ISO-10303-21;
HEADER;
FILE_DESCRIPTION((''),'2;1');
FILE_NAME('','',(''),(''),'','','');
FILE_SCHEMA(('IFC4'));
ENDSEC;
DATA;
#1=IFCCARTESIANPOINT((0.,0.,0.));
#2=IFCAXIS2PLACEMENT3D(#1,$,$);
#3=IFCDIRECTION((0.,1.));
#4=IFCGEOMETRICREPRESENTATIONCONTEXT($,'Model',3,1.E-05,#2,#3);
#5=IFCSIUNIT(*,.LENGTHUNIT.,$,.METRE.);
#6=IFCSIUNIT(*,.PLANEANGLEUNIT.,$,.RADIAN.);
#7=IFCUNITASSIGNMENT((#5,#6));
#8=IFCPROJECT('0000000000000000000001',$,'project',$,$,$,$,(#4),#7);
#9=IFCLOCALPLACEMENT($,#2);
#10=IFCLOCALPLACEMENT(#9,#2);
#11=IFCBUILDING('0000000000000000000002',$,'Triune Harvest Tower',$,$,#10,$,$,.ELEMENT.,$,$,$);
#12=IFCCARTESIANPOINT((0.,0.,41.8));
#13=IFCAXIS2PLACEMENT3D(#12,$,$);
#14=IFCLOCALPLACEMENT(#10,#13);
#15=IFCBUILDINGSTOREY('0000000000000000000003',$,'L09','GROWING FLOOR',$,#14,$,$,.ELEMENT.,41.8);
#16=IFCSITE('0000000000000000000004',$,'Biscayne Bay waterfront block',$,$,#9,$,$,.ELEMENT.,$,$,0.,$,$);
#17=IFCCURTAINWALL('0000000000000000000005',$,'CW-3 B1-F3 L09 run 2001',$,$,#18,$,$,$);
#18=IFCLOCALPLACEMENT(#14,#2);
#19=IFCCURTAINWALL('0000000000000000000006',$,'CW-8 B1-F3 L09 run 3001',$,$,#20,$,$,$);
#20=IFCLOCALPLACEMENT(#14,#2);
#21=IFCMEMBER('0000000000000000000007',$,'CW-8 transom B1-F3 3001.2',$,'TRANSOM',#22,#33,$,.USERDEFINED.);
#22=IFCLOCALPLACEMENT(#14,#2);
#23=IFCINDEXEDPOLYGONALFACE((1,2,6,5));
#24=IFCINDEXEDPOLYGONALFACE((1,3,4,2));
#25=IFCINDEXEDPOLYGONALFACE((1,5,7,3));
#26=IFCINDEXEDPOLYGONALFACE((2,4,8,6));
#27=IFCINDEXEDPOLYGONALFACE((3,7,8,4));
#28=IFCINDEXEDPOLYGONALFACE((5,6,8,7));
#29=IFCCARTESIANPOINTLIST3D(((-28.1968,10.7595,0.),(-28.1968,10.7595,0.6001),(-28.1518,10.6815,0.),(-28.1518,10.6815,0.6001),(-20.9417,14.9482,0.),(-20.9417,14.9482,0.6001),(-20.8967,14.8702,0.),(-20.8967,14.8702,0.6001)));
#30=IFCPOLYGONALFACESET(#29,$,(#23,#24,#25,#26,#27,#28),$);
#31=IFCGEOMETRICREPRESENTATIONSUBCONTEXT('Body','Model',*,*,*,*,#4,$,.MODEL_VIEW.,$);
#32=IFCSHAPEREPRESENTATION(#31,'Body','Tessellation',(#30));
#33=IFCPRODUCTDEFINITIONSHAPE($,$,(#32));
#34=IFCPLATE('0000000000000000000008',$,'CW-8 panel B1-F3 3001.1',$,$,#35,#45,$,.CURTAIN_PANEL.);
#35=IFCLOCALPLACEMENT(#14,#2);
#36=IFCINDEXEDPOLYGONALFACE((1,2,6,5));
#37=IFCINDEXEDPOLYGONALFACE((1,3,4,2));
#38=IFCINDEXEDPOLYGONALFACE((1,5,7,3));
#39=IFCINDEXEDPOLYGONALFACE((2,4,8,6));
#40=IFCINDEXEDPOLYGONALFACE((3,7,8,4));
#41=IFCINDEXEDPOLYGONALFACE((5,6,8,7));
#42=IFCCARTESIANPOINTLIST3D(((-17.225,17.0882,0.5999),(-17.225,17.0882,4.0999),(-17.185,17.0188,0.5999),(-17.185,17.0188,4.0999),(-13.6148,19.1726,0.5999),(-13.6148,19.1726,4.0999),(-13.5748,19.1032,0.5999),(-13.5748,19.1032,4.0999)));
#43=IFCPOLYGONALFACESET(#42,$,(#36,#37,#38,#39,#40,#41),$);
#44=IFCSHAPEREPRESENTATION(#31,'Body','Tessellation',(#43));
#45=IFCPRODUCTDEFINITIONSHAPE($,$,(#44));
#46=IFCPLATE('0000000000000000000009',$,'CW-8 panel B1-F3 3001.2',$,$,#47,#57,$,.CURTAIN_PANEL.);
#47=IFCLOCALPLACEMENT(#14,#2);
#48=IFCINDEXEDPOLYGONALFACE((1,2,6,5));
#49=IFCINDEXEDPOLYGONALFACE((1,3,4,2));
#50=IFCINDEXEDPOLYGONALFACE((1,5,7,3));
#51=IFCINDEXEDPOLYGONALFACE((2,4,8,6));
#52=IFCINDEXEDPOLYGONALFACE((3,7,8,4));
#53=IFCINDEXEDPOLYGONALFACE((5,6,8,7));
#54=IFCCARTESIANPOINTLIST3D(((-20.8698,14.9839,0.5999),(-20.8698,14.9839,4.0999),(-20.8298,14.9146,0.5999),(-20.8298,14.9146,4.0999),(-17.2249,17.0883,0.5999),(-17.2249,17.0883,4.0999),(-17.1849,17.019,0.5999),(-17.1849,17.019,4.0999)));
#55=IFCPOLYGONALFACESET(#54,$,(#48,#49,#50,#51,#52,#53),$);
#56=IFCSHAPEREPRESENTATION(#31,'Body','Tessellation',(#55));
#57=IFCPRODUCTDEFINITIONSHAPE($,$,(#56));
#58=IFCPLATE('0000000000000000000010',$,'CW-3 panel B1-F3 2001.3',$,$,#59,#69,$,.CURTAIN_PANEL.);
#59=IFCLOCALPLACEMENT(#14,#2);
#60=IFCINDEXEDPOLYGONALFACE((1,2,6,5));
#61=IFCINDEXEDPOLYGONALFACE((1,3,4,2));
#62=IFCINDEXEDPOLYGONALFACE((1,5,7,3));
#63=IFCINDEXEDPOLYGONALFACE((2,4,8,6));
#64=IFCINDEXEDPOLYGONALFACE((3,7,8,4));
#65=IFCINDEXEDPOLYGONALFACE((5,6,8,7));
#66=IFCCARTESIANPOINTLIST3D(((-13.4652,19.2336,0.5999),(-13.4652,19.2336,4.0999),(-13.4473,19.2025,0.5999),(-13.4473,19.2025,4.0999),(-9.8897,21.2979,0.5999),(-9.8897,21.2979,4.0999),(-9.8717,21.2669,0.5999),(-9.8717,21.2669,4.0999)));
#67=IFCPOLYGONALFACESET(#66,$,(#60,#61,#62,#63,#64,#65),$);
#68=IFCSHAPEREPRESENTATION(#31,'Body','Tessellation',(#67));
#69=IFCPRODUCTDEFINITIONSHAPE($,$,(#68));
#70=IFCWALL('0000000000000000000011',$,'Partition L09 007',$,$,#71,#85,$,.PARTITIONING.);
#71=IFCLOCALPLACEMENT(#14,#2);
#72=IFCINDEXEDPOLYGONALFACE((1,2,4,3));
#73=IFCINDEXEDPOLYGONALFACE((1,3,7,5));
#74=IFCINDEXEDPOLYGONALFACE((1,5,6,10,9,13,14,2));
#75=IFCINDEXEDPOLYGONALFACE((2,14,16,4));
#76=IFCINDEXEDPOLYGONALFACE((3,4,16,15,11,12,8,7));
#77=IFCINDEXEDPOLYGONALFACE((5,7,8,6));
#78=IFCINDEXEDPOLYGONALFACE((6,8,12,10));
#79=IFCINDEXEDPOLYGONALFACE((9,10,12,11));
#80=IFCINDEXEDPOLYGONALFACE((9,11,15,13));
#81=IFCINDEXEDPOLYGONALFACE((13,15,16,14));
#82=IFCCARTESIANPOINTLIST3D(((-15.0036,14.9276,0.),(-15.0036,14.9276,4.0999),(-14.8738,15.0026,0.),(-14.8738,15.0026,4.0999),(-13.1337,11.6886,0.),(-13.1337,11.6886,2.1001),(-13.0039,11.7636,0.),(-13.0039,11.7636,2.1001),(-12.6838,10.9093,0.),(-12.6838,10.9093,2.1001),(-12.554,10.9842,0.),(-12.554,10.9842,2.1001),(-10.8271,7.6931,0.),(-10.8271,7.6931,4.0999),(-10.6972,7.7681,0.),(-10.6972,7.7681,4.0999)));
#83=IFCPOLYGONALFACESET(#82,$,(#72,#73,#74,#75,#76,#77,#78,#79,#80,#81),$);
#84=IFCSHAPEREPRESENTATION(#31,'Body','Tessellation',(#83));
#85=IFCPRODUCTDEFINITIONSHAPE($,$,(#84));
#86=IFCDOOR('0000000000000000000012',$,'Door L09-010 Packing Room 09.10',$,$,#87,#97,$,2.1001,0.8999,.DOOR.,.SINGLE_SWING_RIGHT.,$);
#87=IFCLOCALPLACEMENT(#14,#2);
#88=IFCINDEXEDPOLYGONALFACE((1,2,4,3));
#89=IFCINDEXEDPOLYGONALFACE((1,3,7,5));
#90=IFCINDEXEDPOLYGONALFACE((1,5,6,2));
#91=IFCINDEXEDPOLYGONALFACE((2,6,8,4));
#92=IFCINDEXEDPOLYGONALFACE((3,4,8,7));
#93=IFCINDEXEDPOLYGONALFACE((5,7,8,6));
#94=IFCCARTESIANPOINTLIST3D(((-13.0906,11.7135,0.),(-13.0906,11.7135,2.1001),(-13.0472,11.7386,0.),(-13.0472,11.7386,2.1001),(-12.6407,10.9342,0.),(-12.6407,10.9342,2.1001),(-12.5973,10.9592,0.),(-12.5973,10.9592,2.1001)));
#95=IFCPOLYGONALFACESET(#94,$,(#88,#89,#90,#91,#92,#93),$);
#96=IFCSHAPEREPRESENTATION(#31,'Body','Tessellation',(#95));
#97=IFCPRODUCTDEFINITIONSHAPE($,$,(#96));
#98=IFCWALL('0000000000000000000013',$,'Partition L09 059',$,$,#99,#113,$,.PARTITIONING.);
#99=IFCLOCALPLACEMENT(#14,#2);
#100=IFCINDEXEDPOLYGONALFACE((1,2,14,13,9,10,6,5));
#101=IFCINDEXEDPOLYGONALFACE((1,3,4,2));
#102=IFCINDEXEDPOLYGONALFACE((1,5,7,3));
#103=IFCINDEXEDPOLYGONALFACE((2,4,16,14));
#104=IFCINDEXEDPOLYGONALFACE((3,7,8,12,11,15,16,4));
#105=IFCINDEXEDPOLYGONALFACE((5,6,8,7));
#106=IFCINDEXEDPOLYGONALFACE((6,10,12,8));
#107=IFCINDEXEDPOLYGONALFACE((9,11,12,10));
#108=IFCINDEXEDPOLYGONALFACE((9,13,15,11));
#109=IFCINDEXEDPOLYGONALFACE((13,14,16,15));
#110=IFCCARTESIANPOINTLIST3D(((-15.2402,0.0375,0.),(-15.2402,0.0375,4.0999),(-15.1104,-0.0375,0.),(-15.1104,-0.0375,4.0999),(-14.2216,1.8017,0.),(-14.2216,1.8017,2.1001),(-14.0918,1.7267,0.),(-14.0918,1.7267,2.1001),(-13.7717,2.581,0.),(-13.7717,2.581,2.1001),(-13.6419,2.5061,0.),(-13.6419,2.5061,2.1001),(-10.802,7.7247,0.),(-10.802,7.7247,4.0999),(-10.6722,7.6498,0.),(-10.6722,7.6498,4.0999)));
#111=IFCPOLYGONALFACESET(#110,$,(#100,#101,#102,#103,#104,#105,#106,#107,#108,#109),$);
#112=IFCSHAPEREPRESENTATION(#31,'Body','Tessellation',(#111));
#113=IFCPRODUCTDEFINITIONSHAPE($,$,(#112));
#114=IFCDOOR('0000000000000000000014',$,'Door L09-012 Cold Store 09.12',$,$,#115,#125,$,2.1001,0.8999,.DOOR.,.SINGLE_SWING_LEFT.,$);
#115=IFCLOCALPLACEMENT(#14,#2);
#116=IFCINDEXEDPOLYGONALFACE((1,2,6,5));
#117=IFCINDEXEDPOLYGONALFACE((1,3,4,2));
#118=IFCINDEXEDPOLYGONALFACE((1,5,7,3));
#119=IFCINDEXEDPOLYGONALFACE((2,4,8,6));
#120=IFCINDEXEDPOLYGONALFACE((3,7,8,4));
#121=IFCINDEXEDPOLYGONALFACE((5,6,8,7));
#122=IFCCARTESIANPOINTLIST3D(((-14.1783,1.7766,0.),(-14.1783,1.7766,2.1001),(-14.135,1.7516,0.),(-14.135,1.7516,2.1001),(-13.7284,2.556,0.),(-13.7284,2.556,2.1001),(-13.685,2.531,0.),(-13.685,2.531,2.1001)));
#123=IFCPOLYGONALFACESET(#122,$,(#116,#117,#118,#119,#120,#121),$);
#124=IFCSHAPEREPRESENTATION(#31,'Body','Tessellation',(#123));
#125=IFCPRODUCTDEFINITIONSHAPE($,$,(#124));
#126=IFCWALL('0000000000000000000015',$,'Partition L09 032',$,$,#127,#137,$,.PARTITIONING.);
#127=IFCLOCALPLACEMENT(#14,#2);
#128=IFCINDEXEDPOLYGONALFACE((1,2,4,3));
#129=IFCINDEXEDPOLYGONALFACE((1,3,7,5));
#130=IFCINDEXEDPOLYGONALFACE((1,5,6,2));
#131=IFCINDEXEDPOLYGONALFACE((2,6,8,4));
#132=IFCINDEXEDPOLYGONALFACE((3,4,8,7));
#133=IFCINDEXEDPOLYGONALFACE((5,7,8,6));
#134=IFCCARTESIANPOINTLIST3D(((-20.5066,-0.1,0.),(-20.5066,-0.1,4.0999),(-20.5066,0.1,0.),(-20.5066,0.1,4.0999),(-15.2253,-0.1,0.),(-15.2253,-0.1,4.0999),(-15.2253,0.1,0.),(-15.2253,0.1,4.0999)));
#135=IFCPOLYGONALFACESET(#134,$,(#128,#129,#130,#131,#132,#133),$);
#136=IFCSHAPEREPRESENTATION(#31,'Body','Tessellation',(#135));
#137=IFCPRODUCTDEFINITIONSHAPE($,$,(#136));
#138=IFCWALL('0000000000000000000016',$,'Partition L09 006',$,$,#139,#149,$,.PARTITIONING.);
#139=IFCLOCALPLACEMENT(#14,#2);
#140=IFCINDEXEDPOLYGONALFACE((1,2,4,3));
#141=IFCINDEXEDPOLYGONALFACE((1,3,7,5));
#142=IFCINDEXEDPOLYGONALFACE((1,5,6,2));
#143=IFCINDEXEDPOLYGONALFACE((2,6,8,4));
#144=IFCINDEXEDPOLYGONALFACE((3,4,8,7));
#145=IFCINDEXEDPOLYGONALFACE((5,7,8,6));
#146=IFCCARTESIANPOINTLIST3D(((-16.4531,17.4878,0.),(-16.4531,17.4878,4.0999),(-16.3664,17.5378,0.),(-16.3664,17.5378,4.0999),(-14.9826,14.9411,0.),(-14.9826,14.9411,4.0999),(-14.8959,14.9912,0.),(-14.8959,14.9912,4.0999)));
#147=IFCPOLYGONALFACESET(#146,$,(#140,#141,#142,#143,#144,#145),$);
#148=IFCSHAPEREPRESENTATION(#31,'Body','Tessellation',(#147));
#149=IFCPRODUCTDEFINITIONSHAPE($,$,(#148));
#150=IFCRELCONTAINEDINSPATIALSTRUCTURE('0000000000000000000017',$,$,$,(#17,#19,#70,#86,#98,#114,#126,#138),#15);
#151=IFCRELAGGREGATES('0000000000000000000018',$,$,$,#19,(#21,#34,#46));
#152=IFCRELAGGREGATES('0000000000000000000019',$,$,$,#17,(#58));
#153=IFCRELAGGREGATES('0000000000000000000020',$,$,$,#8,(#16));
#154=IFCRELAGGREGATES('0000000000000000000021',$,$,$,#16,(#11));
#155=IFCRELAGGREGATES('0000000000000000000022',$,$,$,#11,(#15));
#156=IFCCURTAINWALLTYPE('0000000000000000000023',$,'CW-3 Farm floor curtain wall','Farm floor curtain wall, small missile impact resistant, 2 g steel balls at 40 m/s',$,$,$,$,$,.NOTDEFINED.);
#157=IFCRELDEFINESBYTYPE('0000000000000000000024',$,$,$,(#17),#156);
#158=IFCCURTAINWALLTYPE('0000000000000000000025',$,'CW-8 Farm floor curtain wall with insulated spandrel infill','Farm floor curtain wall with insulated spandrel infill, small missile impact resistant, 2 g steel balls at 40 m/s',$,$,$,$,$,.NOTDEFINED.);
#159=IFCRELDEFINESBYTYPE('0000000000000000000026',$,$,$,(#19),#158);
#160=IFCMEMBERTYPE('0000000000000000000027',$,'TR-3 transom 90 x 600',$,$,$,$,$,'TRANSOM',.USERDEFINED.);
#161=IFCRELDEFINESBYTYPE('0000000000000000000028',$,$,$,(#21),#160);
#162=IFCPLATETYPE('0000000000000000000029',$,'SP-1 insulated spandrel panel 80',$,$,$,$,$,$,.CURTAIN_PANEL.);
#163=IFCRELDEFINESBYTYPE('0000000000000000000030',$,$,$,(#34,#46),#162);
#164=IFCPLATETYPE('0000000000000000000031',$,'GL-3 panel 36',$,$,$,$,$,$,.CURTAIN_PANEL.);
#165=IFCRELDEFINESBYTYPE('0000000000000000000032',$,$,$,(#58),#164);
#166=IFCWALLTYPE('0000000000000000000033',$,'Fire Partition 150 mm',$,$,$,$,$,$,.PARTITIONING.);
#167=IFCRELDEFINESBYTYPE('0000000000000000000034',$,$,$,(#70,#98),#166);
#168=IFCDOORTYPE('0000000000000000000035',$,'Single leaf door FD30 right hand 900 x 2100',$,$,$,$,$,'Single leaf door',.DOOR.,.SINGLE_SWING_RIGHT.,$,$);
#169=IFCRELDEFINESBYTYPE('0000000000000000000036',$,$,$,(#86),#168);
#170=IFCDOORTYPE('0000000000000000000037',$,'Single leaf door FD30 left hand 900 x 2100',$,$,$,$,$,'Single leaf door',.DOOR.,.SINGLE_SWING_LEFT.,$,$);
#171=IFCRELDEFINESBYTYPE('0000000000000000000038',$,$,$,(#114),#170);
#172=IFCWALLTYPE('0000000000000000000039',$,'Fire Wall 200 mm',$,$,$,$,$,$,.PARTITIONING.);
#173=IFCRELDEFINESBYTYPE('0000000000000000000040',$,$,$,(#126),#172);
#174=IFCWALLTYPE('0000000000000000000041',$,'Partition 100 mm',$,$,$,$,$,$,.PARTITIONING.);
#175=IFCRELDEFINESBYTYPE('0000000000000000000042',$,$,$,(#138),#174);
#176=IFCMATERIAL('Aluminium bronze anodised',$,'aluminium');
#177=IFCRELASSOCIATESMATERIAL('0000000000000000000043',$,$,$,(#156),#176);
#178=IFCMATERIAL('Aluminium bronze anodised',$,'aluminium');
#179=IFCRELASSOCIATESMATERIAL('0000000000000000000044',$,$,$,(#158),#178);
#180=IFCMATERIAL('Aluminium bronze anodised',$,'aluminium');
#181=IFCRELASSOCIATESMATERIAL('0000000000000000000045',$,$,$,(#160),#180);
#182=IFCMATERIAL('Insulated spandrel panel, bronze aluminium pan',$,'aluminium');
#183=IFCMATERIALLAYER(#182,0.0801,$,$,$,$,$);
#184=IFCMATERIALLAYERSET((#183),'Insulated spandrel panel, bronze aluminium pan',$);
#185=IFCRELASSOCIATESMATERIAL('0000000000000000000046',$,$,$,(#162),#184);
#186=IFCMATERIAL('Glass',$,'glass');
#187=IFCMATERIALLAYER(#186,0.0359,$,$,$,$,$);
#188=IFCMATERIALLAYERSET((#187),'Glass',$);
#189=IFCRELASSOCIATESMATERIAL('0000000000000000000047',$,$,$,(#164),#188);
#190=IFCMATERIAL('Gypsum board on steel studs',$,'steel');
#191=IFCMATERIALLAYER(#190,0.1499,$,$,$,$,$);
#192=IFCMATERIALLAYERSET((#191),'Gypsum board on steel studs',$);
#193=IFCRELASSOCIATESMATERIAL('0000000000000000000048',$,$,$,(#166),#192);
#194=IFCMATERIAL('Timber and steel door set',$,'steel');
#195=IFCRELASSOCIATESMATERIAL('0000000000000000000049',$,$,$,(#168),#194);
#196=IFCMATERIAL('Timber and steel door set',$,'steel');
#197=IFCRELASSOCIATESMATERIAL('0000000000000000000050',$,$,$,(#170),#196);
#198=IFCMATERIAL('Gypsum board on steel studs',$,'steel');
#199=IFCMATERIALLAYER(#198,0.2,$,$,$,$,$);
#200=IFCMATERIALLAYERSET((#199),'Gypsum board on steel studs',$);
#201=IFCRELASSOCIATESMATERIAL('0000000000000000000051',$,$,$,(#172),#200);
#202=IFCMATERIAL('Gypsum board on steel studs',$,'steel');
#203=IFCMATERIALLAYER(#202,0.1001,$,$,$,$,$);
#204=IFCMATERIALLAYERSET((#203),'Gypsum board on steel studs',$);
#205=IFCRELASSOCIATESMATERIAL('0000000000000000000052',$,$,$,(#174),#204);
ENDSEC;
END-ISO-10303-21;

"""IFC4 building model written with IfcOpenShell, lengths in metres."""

from ifc_helpers import new_model, si_unit, direction, frame, frame_2d, origin, origin_2d, place, context, subcontext, project, spatial, rectangle, extrude, source, transform, mapped, material, layer, layer_set, material_profile, profile_set, type_object, element, fill, aggregate, save


model = new_model("IFC4")

# Units and contexts
model_context = context("Model", 3, precision=1e-05, world=origin(), true_north=direction((0.0, 1.0)))
body_context = subcontext(model_context, "Body", "Model", "MODEL_VIEW")
ifc_project = project(units=[si_unit("LENGTHUNIT", "METRE"), si_unit("PLANEANGLEUNIT", "RADIAN")], contexts=[model_context])

# Site, building, storey
site_placement = place(None, origin())
site = spatial("IfcSite", under=ifc_project, at=site_placement, Name="Biscayne Bay waterfront block", CompositionType="ELEMENT", RefElevation=0.0)
building_placement = place(site_placement, origin())
building = spatial("IfcBuilding", under=site, at=building_placement, Name="Triune Harvest Tower", CompositionType="ELEMENT")
storey_placement = place(building_placement, frame((0.0, 0.0, 41.8)))
storey = spatial("IfcBuildingStorey", under=building, at=storey_placement, Name="L09", Description="GROWING FLOOR", CompositionType="ELEMENT", Elevation=41.8)

# Curtain wall
ifc_material_1 = material(Name="Aluminium bronze anodised", Category="aluminium")
curtain_wall_type_1 = type_object("IfcCurtainWallType", Name="CW-3 Farm floor curtain wall", Description="Farm floor curtain wall, small missile impact resistant, 2 g steel balls at 40 m/s", PredefinedType="NOTDEFINED", material=ifc_material_1)
curtain_wall_1_placement = place(storey_placement, origin())
curtain_wall_1 = element("IfcCurtainWall", 1, at=curtain_wall_1_placement, inside=storey, type_object=curtain_wall_type_1, Name="CW-3 B1-F3 L09 run 2001")

# Curtain wall, member, plates
ifc_material_2 = material(Name="Aluminium bronze anodised", Category="aluminium")
curtain_wall_type_2 = type_object("IfcCurtainWallType", Name="CW-8 Farm floor curtain wall with insulated spandrel infill", Description="Farm floor curtain wall with insulated spandrel infill, small missile impact resistant, 2 g steel balls at 40 m/s", PredefinedType="NOTDEFINED", material=ifc_material_2)
curtain_wall_2_placement = place(storey_placement, origin())
curtain_wall_2 = element("IfcCurtainWall", 2, at=curtain_wall_2_placement, inside=storey, type_object=curtain_wall_type_2, Name="CW-8 B1-F3 L09 run 3001")
ifc_material_3 = material(Name="Aluminium bronze anodised", Category="aluminium")
ifc_material_profile_1 = material_profile(ifc_material_3, rectangle(XDim=0.0901, YDim=0.6001, at=origin_2d()), Name="TR-3 transom 90 x 600")
ifc_profile_set_1 = profile_set([ifc_material_profile_1], Name="Aluminium bronze anodised")
member_type_1 = type_object("IfcMemberType", Name="TR-3 transom 90 x 600", ElementType="TRANSOM", PredefinedType="USERDEFINED", material=ifc_profile_set_1)
shared_shape_1 = source(origin(), body_context, "Body", "SweptSolid", [
    extrude(rectangle(XDim=0.0901, YDim=0.6001, at=origin_2d()), origin(), (0.0, 0.0, 1.0), 8.3774),
])
member_1_placement = place(storey_placement, frame((-20.9192, 14.9092, 0.3), z_axis=(-0.866027, -0.499997, 0.0), x_axis=(0.499997, -0.866027, 0.0)))
member_1 = element("IfcMember", 3, at=member_1_placement, type_object=member_type_1, Name="CW-8 transom B1-F3 3001.2", ObjectType="TRANSOM", PredefinedType="USERDEFINED", context=body_context, shape_type="MappedRepresentation", body=[
    mapped(shared_shape_1, transform((0.0, 0.0, 0.0), scale=1.0)),
])
ifc_material_4 = material(Name="Insulated spandrel panel, bronze aluminium pan", Category="aluminium")
ifc_layer_1 = layer(ifc_material_4, 0.0801)
ifc_layer_set_1 = layer_set([ifc_layer_1], Name="Insulated spandrel panel, bronze aluminium pan")
plate_type_1 = type_object("IfcPlateType", Name="SP-1 insulated spandrel panel 80", PredefinedType="CURTAIN_PANEL", material=ifc_layer_set_1)
shared_shape_2 = source(origin(), body_context, "Body", "SweptSolid", [
    extrude(rectangle(XDim=4.1687, YDim=0.0801, at=origin_2d()), origin(), (0.0, 0.0, 1.0), 3.5),
])
plate_1_placement = place(storey_placement, frame((-15.3999, 18.0957, 0.5999), z_axis=(0.0, 0.0, 1.0), x_axis=(-0.866024, -0.500003, 0.0)))
plate_1 = element("IfcPlate", 4, at=plate_1_placement, type_object=plate_type_1, Name="CW-8 panel B1-F3 3001.1", PredefinedType="CURTAIN_PANEL", context=body_context, shape_type="MappedRepresentation", body=[
    mapped(shared_shape_2, transform((0.0, 0.0, 0.0), scale=1.0)),
])
shared_shape_3 = source(origin(), body_context, "Body", "SweptSolid", [
    extrude(rectangle(XDim=4.2087, YDim=0.0801, at=origin_2d()), origin(), (0.0, 0.0, 1.0), 3.5),
])
plate_2_placement = place(storey_placement, frame((-19.0273, 16.0015, 0.5999), z_axis=(0.0, 0.0, 1.0), x_axis=(-0.866024, -0.500003, 0.0)))
plate_2 = element("IfcPlate", 5, at=plate_2_placement, type_object=plate_type_1, Name="CW-8 panel B1-F3 3001.2", PredefinedType="CURTAIN_PANEL", context=body_context, shape_type="MappedRepresentation", body=[
    mapped(shared_shape_3, transform((0.0, 0.0, 0.0), scale=1.0)),
])
aggregate(curtain_wall_2, [member_1, plate_1, plate_2])

# Plate
ifc_material_5 = material(Name="Glass", Category="glass")
ifc_layer_2 = layer(ifc_material_5, 0.0359)
ifc_layer_set_2 = layer_set([ifc_layer_2], Name="Glass")
plate_type_2 = type_object("IfcPlateType", Name="GL-3 panel 36", PredefinedType="CURTAIN_PANEL", material=ifc_layer_set_2)
shared_shape_4 = source(origin(), body_context, "Body", "SweptSolid", [
    extrude(rectangle(XDim=4.1287, YDim=0.0359, at=origin_2d()), origin(), (0.0, 0.0, 1.0), 3.5),
])
plate_3_placement = place(storey_placement, frame((-11.6685, 20.2502, 0.5999), z_axis=(0.0, 0.0, 1.0), x_axis=(-0.866027, -0.499998, 0.0)))
plate_3 = element("IfcPlate", 6, at=plate_3_placement, type_object=plate_type_2, Name="CW-3 panel B1-F3 2001.3", PredefinedType="CURTAIN_PANEL", context=body_context, shape_type="MappedRepresentation", body=[
    mapped(shared_shape_4, transform((0.0, 0.0, 0.0), scale=1.0)),
])
aggregate(curtain_wall_1, [plate_3])

# Walls, openings, doors
ifc_material_6 = material(Name="Gypsum board on steel studs", Category="steel")
ifc_layer_3 = layer(ifc_material_6, 0.1499)
ifc_layer_set_3 = layer_set([ifc_layer_3], Name="Gypsum board on steel studs")
wall_type_1 = type_object("IfcWallType", Name="Fire Partition 150 mm", PredefinedType="PARTITIONING", material=ifc_layer_set_3)
wall_1_placement = place(storey_placement, frame((-14.9387, 14.9651, 0.0), z_axis=(0.0, 0.0, 1.0), x_axis=(0.499977, -0.866039, 0.0)))
wall_1 = element("IfcWall", 7, at=wall_1_placement, inside=storey, type_object=wall_type_1, Name="Partition L09 007", PredefinedType="PARTITIONING", context=body_context, shape_type="SweptSolid", body=[
    extrude(rectangle(XDim=8.3535, YDim=0.1499, at=frame_2d((4.1768, 0.0))), origin(), (0.0, 0.0, 1.0), 4.0999),
])
opening_1_placement = place(wall_1_placement, frame((3.74, 0.0, 0.0)))
opening_1 = element("IfcOpeningElement", 8, at=opening_1_placement, cuts=wall_1, PredefinedType="OPENING", context=body_context, shape_type="SweptSolid", body=[
    extrude(rectangle(XDim=0.8999, YDim=2.1001, at=frame_2d((0.45, 1.05))), frame((0.0, 0.085, 0.0), z_axis=(0.0, -1.0, 0.0), x_axis=(1.0, 0.0, 0.0)), (0.0, 0.0, 1.0), 0.1699),
])
ifc_material_7 = material(Name="Timber and steel door set", Category="steel")
door_type_1 = type_object("IfcDoorType", Name="Single leaf door FD30 right hand 900 x 2100", ElementType="Single leaf door", OperationType="SINGLE_SWING_RIGHT", PredefinedType="DOOR", material=ifc_material_7)
door_1_placement = place(opening_1_placement, origin())
door_1 = element("IfcDoor", 9, at=door_1_placement, inside=storey, type_object=door_type_1, Name="Door L09-010 Packing Room 09.10", OperationType="SINGLE_SWING_RIGHT", OverallHeight=2.1001, OverallWidth=0.8999, PredefinedType="DOOR", context=body_context, shape_type="SweptSolid", body=[
    extrude(rectangle(XDim=0.8999, YDim=2.1001, at=frame_2d((0.45, 1.05))), frame((0.0, 0.0249, 0.0), z_axis=(0.0, -1.0, 0.0), x_axis=(1.0, 0.0, 0.0)), (0.0, 0.0, 1.0), 0.05),
])
fill(opening_1, door_1)
wall_2_placement = place(storey_placement, frame((-15.1753, 0.0, 0.0), z_axis=(0.0, 0.0, 1.0), x_axis=(0.499999, 0.866026, 0.0)))
wall_2 = element("IfcWall", 10, at=wall_2_placement, inside=storey, type_object=wall_type_1, Name="Partition L09 059", PredefinedType="PARTITIONING", context=body_context, shape_type="SweptSolid", body=[
    extrude(rectangle(XDim=8.8765, YDim=0.1499, at=frame_2d((4.4382, 0.0))), origin(), (0.0, 0.0, 1.0), 4.0999),
])
opening_2_placement = place(wall_2_placement, frame((2.0371, 0.0, 0.0)))
opening_2 = element("IfcOpeningElement", 11, at=opening_2_placement, cuts=wall_2, PredefinedType="OPENING", context=body_context, shape_type="SweptSolid", body=[
    extrude(rectangle(XDim=0.8999, YDim=2.1001, at=frame_2d((0.45, 1.05))), frame((0.0, 0.085, 0.0), z_axis=(0.0, -1.0, 0.0), x_axis=(1.0, 0.0, 0.0)), (0.0, 0.0, 1.0), 0.1699),
])
ifc_material_8 = material(Name="Timber and steel door set", Category="steel")
door_type_2 = type_object("IfcDoorType", Name="Single leaf door FD30 left hand 900 x 2100", ElementType="Single leaf door", OperationType="SINGLE_SWING_LEFT", PredefinedType="DOOR", material=ifc_material_8)
door_2_placement = place(opening_2_placement, origin())
door_2 = element("IfcDoor", 12, at=door_2_placement, inside=storey, type_object=door_type_2, Name="Door L09-012 Cold Store 09.12", OperationType="SINGLE_SWING_LEFT", OverallHeight=2.1001, OverallWidth=0.8999, PredefinedType="DOOR", context=body_context, shape_type="SweptSolid", body=[
    extrude(rectangle(XDim=0.8999, YDim=2.1001, at=frame_2d((0.45, 1.05))), frame((0.0, 0.0249, 0.0), z_axis=(0.0, -1.0, 0.0), x_axis=(1.0, 0.0, 0.0)), (0.0, 0.0, 1.0), 0.05),
])
fill(opening_2, door_2)

# Walls
ifc_material_9 = material(Name="Gypsum board on steel studs", Category="steel")
ifc_layer_4 = layer(ifc_material_9, 0.2)
ifc_layer_set_4 = layer_set([ifc_layer_4], Name="Gypsum board on steel studs")
wall_type_2 = type_object("IfcWallType", Name="Fire Wall 200 mm", PredefinedType="PARTITIONING", material=ifc_layer_set_4)
wall_3_placement = place(storey_placement, frame((-20.5066, 0.0, 0.0), z_axis=(0.0, 0.0, 1.0), x_axis=(1.0, 0.0, 0.0)))
element("IfcWall", 13, at=wall_3_placement, inside=storey, type_object=wall_type_2, Name="Partition L09 032", PredefinedType="PARTITIONING", context=body_context, shape_type="SweptSolid", body=[
    extrude(rectangle(XDim=5.2812, YDim=0.2, at=frame_2d((2.6406, 0.0))), origin(), (0.0, 0.0, 1.0), 4.0999),
])
ifc_material_10 = material(Name="Gypsum board on steel studs", Category="steel")
ifc_layer_5 = layer(ifc_material_10, 0.1001)
ifc_layer_set_5 = layer_set([ifc_layer_5], Name="Gypsum board on steel studs")
wall_type_3 = type_object("IfcWallType", Name="Partition 100 mm", PredefinedType="PARTITIONING", material=ifc_layer_set_5)
wall_4_placement = place(storey_placement, frame((-16.4097, 17.5127, 0.0), z_axis=(0.0, 0.0, 1.0), x_axis=(0.500041, -0.866002, 0.0)))
element("IfcWall", 14, at=wall_4_placement, inside=storey, type_object=wall_type_3, Name="Partition L09 006", PredefinedType="PARTITIONING", context=body_context, shape_type="SweptSolid", body=[
    extrude(rectangle(XDim=2.9407, YDim=0.1001, at=frame_2d((1.4702, 0.0))), origin(), (0.0, 0.0, 1.0), 4.0999),
])

save(model, "model.ifc")
